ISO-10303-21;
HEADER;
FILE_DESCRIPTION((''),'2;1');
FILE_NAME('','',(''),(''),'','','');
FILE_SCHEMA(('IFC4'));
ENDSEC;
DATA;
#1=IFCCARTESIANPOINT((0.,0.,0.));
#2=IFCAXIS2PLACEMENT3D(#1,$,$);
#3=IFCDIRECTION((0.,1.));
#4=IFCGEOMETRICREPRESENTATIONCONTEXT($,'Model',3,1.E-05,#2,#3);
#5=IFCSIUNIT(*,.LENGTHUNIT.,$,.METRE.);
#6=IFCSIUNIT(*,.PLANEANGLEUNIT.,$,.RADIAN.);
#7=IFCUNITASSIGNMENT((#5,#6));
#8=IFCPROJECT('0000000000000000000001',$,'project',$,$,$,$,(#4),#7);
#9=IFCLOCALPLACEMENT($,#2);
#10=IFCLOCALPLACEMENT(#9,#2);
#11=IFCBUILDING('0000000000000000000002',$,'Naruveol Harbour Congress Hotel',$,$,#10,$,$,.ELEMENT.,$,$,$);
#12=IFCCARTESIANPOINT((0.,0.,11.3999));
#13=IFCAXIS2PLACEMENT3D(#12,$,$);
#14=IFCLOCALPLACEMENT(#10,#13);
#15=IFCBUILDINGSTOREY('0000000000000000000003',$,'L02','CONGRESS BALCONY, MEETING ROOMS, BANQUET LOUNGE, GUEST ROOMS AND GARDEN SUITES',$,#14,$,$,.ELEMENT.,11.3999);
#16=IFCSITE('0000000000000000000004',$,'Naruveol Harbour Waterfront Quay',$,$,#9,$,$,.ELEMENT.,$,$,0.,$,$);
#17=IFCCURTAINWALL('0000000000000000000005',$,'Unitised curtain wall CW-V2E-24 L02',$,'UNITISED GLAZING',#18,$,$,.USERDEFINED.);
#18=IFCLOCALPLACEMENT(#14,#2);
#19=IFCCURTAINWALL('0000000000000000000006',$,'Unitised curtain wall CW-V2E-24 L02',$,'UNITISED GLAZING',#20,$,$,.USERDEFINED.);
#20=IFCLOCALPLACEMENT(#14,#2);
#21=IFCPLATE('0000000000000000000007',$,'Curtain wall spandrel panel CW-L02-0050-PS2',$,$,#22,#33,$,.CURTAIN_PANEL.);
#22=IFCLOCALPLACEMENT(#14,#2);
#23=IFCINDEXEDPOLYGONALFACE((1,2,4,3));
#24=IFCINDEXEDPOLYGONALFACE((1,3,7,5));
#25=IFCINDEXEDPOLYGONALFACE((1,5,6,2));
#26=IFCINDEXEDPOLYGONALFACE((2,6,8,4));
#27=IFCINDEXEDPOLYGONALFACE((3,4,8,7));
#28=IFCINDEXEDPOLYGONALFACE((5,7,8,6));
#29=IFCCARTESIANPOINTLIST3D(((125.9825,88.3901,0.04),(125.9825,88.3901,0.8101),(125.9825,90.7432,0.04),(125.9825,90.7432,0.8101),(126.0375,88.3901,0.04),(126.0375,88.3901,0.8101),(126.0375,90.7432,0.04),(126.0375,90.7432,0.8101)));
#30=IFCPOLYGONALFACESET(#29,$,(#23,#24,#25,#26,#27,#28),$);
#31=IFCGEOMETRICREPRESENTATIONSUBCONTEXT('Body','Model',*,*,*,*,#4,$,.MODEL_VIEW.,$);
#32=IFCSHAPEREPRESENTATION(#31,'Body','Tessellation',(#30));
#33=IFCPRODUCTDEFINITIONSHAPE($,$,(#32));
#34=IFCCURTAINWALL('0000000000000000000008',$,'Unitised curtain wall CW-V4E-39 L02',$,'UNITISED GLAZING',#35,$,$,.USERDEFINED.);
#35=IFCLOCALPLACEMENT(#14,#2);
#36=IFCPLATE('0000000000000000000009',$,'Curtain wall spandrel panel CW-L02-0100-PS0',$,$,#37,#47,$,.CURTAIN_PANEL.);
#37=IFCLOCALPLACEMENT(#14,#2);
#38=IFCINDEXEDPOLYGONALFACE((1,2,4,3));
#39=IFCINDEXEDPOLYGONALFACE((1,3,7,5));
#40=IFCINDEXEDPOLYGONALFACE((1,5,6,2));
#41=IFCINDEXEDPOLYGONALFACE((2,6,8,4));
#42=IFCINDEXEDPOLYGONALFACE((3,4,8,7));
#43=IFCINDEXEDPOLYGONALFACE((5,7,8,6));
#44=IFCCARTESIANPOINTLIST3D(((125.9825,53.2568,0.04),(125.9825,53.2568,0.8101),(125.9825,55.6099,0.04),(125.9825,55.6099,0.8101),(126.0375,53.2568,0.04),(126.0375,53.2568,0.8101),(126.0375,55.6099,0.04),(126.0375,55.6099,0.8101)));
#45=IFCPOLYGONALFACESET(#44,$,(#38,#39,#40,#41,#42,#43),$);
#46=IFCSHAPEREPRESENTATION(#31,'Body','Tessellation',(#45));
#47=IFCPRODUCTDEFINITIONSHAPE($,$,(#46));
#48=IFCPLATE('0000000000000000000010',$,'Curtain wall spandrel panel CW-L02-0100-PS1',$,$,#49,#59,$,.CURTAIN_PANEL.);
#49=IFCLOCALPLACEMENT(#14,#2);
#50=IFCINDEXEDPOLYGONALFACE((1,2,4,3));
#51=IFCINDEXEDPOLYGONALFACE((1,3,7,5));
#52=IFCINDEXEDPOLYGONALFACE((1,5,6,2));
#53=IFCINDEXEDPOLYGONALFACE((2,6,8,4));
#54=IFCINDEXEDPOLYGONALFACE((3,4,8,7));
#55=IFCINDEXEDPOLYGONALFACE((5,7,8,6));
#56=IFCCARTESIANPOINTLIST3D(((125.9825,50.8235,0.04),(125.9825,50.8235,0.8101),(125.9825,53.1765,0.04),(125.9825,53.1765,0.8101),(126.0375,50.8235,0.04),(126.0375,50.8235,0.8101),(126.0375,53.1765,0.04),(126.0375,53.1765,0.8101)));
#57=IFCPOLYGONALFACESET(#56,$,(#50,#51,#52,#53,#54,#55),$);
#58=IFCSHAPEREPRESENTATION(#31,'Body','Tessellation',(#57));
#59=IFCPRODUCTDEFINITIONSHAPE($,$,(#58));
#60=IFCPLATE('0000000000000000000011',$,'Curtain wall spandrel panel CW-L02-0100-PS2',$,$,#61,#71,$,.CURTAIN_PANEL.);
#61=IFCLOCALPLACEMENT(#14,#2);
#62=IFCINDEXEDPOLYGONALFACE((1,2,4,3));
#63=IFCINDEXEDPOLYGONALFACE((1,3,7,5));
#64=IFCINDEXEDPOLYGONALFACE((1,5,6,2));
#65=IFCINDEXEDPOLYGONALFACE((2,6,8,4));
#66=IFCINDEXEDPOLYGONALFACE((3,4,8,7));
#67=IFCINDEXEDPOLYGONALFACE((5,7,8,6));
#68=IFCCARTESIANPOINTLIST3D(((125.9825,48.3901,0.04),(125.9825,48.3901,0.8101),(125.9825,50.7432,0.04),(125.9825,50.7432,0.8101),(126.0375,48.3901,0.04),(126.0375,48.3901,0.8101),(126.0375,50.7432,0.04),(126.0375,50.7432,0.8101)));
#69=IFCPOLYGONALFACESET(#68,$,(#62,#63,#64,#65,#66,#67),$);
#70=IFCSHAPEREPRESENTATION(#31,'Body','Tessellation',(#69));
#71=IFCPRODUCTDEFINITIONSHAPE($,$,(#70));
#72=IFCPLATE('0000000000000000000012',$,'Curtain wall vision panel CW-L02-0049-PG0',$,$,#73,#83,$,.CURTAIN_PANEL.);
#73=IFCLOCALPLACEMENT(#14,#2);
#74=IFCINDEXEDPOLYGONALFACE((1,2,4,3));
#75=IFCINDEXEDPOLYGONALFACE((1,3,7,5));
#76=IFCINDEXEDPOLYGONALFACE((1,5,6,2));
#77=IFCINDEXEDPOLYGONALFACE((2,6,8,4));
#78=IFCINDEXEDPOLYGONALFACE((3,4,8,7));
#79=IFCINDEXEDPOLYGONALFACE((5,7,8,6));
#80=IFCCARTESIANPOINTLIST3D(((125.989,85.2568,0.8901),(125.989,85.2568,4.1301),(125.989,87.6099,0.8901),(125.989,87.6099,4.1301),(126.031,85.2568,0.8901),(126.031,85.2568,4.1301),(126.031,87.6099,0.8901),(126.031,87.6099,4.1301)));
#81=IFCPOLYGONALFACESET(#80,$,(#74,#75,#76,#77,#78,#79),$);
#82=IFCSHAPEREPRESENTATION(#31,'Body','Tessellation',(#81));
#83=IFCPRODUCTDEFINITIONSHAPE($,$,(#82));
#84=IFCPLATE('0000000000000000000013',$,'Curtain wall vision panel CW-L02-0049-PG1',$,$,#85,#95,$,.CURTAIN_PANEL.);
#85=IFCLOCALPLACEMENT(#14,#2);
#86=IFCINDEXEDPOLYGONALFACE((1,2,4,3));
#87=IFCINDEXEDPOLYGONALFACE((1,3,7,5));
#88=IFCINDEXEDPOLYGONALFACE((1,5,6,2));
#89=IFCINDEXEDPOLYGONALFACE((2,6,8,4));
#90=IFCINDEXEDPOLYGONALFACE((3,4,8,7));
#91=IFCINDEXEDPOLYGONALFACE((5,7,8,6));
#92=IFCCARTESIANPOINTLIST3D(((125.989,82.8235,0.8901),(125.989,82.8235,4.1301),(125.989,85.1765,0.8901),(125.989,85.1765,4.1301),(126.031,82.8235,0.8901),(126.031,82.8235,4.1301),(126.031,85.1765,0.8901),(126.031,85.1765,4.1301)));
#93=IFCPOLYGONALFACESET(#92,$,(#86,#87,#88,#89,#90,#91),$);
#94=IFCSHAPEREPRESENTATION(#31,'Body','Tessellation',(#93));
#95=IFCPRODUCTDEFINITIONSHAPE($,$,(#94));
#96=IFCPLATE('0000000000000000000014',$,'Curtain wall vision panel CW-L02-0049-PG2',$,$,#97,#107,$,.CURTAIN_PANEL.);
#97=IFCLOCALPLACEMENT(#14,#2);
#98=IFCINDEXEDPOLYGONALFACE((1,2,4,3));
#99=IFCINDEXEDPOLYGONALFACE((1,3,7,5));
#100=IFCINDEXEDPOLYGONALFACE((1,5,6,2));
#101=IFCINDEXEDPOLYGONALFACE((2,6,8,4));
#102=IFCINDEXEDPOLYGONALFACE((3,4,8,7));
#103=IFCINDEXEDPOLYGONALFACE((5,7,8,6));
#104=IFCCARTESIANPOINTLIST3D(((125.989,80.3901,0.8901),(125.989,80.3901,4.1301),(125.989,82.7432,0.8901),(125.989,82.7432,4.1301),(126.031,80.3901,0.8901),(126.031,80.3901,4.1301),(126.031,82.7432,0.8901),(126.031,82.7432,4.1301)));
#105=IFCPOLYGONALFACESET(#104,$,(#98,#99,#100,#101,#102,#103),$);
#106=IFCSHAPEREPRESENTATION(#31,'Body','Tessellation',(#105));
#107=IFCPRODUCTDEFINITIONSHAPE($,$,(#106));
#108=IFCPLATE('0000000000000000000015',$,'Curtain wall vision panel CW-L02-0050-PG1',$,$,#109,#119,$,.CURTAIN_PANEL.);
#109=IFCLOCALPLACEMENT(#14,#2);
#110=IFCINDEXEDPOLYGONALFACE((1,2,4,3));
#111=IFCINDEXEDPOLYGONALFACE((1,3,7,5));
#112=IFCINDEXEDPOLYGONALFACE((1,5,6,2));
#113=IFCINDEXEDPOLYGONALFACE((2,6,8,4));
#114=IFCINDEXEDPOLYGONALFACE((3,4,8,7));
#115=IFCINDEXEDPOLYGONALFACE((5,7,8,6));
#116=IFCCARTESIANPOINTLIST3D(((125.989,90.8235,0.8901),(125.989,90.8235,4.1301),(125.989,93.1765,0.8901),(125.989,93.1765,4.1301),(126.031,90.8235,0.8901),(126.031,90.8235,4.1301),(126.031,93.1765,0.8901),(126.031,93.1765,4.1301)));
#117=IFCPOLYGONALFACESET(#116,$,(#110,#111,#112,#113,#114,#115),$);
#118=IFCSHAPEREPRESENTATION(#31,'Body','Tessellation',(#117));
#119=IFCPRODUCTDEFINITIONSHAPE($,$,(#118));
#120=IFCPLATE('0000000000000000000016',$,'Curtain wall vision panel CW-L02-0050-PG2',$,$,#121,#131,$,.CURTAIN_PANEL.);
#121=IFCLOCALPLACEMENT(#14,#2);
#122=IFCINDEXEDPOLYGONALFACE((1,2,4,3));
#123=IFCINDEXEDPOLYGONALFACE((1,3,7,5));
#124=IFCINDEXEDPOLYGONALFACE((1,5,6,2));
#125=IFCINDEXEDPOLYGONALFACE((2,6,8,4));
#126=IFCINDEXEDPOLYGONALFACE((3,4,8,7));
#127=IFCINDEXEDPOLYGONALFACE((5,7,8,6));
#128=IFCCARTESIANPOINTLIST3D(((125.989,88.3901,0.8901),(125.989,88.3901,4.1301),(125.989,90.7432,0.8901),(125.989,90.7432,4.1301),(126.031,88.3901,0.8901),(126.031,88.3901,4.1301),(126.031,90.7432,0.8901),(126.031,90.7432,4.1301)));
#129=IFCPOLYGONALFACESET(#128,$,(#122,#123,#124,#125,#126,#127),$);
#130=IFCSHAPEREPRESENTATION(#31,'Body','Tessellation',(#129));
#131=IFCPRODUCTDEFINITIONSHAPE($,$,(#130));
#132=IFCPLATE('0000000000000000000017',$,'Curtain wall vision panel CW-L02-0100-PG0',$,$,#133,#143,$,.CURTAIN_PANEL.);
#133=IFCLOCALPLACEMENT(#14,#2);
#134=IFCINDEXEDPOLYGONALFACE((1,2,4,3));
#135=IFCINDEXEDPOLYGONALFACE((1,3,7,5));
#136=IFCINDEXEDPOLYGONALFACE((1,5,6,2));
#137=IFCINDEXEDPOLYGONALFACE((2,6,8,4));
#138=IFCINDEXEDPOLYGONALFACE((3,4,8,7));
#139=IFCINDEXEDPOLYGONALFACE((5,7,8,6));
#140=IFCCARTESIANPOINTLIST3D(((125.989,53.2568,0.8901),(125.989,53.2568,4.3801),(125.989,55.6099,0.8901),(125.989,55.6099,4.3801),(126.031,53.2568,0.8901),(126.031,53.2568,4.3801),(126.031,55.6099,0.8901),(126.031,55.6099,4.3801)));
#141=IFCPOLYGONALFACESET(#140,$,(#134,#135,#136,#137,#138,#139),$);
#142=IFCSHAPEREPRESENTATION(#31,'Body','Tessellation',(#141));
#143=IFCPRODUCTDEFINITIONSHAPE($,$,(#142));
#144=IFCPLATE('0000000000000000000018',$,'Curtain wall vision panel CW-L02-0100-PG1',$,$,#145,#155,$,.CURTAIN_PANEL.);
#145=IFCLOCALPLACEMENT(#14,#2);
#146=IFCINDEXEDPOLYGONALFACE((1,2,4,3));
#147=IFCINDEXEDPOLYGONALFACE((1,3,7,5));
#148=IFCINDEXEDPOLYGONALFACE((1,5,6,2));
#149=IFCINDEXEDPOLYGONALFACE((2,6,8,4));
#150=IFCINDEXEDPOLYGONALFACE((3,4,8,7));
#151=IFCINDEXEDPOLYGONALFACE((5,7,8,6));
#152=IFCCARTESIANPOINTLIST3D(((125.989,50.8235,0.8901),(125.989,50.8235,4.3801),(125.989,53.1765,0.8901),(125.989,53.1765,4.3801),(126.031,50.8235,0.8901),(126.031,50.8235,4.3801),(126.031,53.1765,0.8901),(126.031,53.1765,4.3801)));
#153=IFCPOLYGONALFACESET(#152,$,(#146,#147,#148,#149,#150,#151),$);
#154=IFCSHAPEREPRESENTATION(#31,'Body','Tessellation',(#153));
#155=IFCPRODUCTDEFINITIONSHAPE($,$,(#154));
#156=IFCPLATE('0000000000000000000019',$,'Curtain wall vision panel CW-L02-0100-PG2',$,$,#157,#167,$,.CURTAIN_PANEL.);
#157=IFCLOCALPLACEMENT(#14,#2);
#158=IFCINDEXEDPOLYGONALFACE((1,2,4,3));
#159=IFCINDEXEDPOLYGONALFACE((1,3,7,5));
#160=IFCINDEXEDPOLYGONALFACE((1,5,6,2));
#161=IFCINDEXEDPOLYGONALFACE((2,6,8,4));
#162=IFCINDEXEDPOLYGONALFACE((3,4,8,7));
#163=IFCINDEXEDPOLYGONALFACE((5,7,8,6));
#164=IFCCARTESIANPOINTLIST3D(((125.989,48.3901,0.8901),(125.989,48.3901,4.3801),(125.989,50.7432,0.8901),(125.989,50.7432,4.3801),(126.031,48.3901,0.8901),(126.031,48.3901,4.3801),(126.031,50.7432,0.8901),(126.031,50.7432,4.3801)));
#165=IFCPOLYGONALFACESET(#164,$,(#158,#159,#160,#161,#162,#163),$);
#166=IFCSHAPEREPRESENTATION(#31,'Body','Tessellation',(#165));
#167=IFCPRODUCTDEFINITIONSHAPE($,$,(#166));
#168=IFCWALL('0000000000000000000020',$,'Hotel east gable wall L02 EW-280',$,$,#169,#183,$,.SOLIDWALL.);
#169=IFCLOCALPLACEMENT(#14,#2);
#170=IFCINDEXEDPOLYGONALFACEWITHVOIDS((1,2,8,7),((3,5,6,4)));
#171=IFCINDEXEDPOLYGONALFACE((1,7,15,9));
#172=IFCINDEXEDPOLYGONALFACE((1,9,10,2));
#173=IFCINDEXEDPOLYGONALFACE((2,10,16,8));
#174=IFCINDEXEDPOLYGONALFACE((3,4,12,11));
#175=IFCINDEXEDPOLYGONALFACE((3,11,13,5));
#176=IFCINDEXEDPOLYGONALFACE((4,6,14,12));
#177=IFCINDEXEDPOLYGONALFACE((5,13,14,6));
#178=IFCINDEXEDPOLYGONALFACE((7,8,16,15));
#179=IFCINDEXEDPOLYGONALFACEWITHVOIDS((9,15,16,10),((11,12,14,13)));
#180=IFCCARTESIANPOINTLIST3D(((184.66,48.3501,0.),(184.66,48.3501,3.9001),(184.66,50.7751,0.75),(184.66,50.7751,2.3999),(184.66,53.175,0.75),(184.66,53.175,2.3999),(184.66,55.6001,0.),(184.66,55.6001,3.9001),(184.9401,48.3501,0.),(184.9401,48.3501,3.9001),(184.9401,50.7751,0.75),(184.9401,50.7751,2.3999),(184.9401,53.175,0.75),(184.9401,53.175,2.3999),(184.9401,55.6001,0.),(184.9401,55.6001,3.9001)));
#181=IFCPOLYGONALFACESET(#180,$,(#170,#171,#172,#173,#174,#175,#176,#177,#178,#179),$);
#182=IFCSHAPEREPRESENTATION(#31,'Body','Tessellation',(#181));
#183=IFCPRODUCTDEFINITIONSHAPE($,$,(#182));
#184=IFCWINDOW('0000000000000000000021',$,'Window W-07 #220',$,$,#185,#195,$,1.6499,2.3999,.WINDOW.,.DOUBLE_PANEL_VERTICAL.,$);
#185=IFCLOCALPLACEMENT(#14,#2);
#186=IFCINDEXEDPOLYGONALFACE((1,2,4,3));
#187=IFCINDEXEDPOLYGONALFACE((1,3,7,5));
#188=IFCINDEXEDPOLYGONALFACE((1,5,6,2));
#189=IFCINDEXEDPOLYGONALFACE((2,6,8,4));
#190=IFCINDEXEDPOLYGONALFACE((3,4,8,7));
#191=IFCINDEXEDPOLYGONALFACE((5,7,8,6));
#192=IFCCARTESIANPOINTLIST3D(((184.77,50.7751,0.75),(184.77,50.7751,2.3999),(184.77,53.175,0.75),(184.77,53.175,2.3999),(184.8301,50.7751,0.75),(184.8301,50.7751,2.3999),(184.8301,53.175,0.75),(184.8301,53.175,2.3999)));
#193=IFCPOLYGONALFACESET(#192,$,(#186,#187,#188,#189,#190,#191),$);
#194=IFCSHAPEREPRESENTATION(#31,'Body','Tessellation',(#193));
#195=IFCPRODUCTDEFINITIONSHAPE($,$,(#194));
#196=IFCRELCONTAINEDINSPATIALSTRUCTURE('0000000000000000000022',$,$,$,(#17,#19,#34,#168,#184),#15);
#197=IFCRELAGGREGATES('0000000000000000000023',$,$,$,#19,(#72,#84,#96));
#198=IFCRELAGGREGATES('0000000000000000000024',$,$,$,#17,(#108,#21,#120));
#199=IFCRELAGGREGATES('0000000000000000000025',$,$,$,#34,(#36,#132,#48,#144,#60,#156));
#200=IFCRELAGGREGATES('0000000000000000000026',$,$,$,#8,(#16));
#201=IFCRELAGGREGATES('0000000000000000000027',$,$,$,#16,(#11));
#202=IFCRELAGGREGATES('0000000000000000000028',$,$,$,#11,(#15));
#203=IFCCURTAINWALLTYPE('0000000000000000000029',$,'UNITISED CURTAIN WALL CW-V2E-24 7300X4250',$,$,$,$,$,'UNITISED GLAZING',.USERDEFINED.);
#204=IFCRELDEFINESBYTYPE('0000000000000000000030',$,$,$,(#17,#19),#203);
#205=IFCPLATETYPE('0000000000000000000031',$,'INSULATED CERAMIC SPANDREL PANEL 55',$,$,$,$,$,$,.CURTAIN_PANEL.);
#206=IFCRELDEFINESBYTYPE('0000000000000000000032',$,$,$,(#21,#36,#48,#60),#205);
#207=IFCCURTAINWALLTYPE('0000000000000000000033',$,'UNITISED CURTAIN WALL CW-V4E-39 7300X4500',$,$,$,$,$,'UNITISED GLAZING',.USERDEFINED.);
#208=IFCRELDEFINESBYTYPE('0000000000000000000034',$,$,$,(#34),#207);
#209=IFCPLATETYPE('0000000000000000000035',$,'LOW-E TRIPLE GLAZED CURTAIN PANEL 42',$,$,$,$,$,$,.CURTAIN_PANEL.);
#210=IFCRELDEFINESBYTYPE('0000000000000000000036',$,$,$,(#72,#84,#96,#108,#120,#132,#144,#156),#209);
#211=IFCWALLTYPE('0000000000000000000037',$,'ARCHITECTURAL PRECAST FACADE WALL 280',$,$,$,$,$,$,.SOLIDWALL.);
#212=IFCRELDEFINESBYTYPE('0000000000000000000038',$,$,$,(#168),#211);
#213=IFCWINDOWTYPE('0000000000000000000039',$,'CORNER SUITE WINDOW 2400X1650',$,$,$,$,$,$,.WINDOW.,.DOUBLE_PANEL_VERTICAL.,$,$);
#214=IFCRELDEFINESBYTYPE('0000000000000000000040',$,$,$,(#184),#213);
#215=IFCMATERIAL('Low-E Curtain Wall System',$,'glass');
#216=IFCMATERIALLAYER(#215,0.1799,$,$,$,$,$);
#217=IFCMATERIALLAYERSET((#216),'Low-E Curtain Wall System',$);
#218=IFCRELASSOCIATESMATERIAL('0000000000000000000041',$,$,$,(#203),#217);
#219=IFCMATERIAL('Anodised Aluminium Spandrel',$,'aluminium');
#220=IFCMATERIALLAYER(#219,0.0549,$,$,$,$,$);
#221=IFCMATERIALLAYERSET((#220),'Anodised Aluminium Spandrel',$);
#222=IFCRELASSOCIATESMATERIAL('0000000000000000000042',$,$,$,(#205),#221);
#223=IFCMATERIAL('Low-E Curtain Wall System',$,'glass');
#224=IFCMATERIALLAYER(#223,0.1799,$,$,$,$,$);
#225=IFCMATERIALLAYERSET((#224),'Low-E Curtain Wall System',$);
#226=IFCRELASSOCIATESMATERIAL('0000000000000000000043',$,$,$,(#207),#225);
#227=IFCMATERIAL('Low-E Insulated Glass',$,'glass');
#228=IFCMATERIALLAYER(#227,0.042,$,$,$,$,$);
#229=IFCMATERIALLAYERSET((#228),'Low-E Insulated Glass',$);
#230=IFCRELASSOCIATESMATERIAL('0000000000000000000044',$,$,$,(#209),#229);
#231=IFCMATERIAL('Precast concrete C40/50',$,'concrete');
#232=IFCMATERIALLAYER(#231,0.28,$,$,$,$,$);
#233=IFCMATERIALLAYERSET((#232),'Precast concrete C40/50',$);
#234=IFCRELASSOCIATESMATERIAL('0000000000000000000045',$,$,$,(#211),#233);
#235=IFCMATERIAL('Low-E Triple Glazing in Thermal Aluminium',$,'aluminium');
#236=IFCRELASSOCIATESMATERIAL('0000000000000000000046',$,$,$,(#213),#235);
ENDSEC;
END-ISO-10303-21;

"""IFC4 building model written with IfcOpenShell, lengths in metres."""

from ifc_helpers import new_model, si_unit, direction, frame, frame_2d, origin, origin_2d, place, context, subcontext, project, spatial, rectangle, extrude, material, layer, layer_set, type_object, element, fill, aggregate, save


model = new_model("IFC4")

# Units and contexts
model_context = context("Model", 3, precision=1e-05, world=origin(), true_north=direction((0.0, 1.0)))
body_context = subcontext(model_context, "Body", "Model", "MODEL_VIEW")
ifc_project = project(units=[si_unit("LENGTHUNIT", "METRE"), si_unit("PLANEANGLEUNIT", "RADIAN")], contexts=[model_context])

# Site, building, storey
site_placement = place(None, origin())
site = spatial("IfcSite", under=ifc_project, at=site_placement, Name="Naruveol Harbour Waterfront Quay", CompositionType="ELEMENT", RefElevation=0.0)
building_placement = place(site_placement, origin())
building = spatial("IfcBuilding", under=site, at=building_placement, Name="Naruveol Harbour Congress Hotel", CompositionType="ELEMENT")
storey_placement = place(building_placement, frame((0.0, 0.0, 11.3999)))
storey = spatial("IfcBuildingStorey", under=building, at=storey_placement, Name="L02", Description="CONGRESS BALCONY, MEETING ROOMS, BANQUET LOUNGE, GUEST ROOMS AND GARDEN SUITES", CompositionType="ELEMENT", Elevation=11.3999)

# Curtain wall
ifc_material_1 = material(Name="Low-E Curtain Wall System", Category="glass")
ifc_layer_1 = layer(ifc_material_1, 0.1799)
ifc_layer_set_1 = layer_set([ifc_layer_1], Name="Low-E Curtain Wall System")
curtain_wall_type_1 = type_object("IfcCurtainWallType", Name="UNITISED CURTAIN WALL CW-V2E-24 7300X4250", ElementType="UNITISED GLAZING", PredefinedType="USERDEFINED", material=ifc_layer_set_1)
curtain_wall_1_placement = place(storey_placement, origin())
curtain_wall_1 = element("IfcCurtainWall", 1, at=curtain_wall_1_placement, inside=storey, type_object=curtain_wall_type_1, Name="Unitised curtain wall CW-V2E-24 L02", ObjectType="UNITISED GLAZING", PredefinedType="USERDEFINED")

# Curtain wall
curtain_wall_2_placement = place(storey_placement, origin())
curtain_wall_2 = element("IfcCurtainWall", 2, at=curtain_wall_2_placement, inside=storey, type_object=curtain_wall_type_1, Name="Unitised curtain wall CW-V2E-24 L02", ObjectType="UNITISED GLAZING", PredefinedType="USERDEFINED")
ifc_material_2 = material(Name="Anodised Aluminium Spandrel", Category="aluminium")
ifc_layer_2 = layer(ifc_material_2, 0.0549)
ifc_layer_set_2 = layer_set([ifc_layer_2], Name="Anodised Aluminium Spandrel")
plate_type_1 = type_object("IfcPlateType", Name="INSULATED CERAMIC SPANDREL PANEL 55", PredefinedType="CURTAIN_PANEL", material=ifc_layer_set_2)

# Plate
plate_1_placement = place(storey_placement, frame((126.01, 89.5667, 0.04), z_axis=(0.0, 0.0, 1.0), x_axis=(0.0, -1.0, 0.0)))
plate_1 = element("IfcPlate", 3, at=plate_1_placement, type_object=plate_type_1, Name="Curtain wall spandrel panel CW-L02-0050-PS2", PredefinedType="CURTAIN_PANEL", context=body_context, shape_type="SweptSolid", body=[
    extrude(rectangle(XDim=2.353, YDim=0.0549, at=origin_2d()), origin(), (0.0, 0.0, 1.0), 0.77),
])

# Curtain wall, plates
ifc_material_3 = material(Name="Low-E Curtain Wall System", Category="glass")
ifc_layer_3 = layer(ifc_material_3, 0.1799)
ifc_layer_set_3 = layer_set([ifc_layer_3], Name="Low-E Curtain Wall System")
curtain_wall_type_2 = type_object("IfcCurtainWallType", Name="UNITISED CURTAIN WALL CW-V4E-39 7300X4500", ElementType="UNITISED GLAZING", PredefinedType="USERDEFINED", material=ifc_layer_set_3)
curtain_wall_3_placement = place(storey_placement, origin())
curtain_wall_3 = element("IfcCurtainWall", 4, at=curtain_wall_3_placement, inside=storey, type_object=curtain_wall_type_2, Name="Unitised curtain wall CW-V4E-39 L02", ObjectType="UNITISED GLAZING", PredefinedType="USERDEFINED")
plate_2_placement = place(storey_placement, frame((126.01, 54.4333, 0.04), z_axis=(0.0, 0.0, 1.0), x_axis=(0.0, -1.0, 0.0)))
plate_2 = element("IfcPlate", 5, at=plate_2_placement, type_object=plate_type_1, Name="Curtain wall spandrel panel CW-L02-0100-PS0", PredefinedType="CURTAIN_PANEL", context=body_context, shape_type="SweptSolid", body=[
    extrude(rectangle(XDim=2.353, YDim=0.0549, at=origin_2d()), origin(), (0.0, 0.0, 1.0), 0.77),
])
plate_3_placement = place(storey_placement, frame((126.01, 52.0, 0.04), z_axis=(0.0, 0.0, 1.0), x_axis=(0.0, -1.0, 0.0)))
plate_3 = element("IfcPlate", 6, at=plate_3_placement, type_object=plate_type_1, Name="Curtain wall spandrel panel CW-L02-0100-PS1", PredefinedType="CURTAIN_PANEL", context=body_context, shape_type="SweptSolid", body=[
    extrude(rectangle(XDim=2.353, YDim=0.0549, at=origin_2d()), origin(), (0.0, 0.0, 1.0), 0.77),
])
plate_4_placement = place(storey_placement, frame((126.01, 49.5667, 0.04), z_axis=(0.0, 0.0, 1.0), x_axis=(0.0, -1.0, 0.0)))
plate_4 = element("IfcPlate", 7, at=plate_4_placement, type_object=plate_type_1, Name="Curtain wall spandrel panel CW-L02-0100-PS2", PredefinedType="CURTAIN_PANEL", context=body_context, shape_type="SweptSolid", body=[
    extrude(rectangle(XDim=2.353, YDim=0.0549, at=origin_2d()), origin(), (0.0, 0.0, 1.0), 0.77),
])

# Plates
ifc_material_4 = material(Name="Low-E Insulated Glass", Category="glass")
ifc_layer_4 = layer(ifc_material_4, 0.042)
ifc_layer_set_4 = layer_set([ifc_layer_4], Name="Low-E Insulated Glass")
plate_type_2 = type_object("IfcPlateType", Name="LOW-E TRIPLE GLAZED CURTAIN PANEL 42", PredefinedType="CURTAIN_PANEL", material=ifc_layer_set_4)
plate_5_placement = place(storey_placement, frame((126.01, 86.4333, 0.8901), z_axis=(0.0, 0.0, 1.0), x_axis=(0.0, -1.0, 0.0)))
plate_5 = element("IfcPlate", 8, at=plate_5_placement, type_object=plate_type_2, Name="Curtain wall vision panel CW-L02-0049-PG0", PredefinedType="CURTAIN_PANEL", context=body_context, shape_type="SweptSolid", body=[
    extrude(rectangle(XDim=2.353, YDim=0.042, at=origin_2d()), origin(), (0.0, 0.0, 1.0), 3.24),
])
plate_6_placement = place(storey_placement, frame((126.01, 84.0, 0.8901), z_axis=(0.0, 0.0, 1.0), x_axis=(0.0, -1.0, 0.0)))
plate_6 = element("IfcPlate", 9, at=plate_6_placement, type_object=plate_type_2, Name="Curtain wall vision panel CW-L02-0049-PG1", PredefinedType="CURTAIN_PANEL", context=body_context, shape_type="SweptSolid", body=[
    extrude(rectangle(XDim=2.353, YDim=0.042, at=origin_2d()), origin(), (0.0, 0.0, 1.0), 3.24),
])
plate_7_placement = place(storey_placement, frame((126.01, 81.5667, 0.8901), z_axis=(0.0, 0.0, 1.0), x_axis=(0.0, -1.0, 0.0)))
plate_7 = element("IfcPlate", 10, at=plate_7_placement, type_object=plate_type_2, Name="Curtain wall vision panel CW-L02-0049-PG2", PredefinedType="CURTAIN_PANEL", context=body_context, shape_type="SweptSolid", body=[
    extrude(rectangle(XDim=2.353, YDim=0.042, at=origin_2d()), origin(), (0.0, 0.0, 1.0), 3.24),
])
aggregate(curtain_wall_2, [plate_5, plate_6, plate_7])
plate_8_placement = place(storey_placement, frame((126.01, 92.0, 0.8901), z_axis=(0.0, 0.0, 1.0), x_axis=(0.0, -1.0, 0.0)))
plate_8 = element("IfcPlate", 11, at=plate_8_placement, type_object=plate_type_2, Name="Curtain wall vision panel CW-L02-0050-PG1", PredefinedType="CURTAIN_PANEL", context=body_context, shape_type="SweptSolid", body=[
    extrude(rectangle(XDim=2.353, YDim=0.042, at=origin_2d()), origin(), (0.0, 0.0, 1.0), 3.24),
])
plate_9_placement = place(storey_placement, frame((126.01, 89.5667, 0.8901), z_axis=(0.0, 0.0, 1.0), x_axis=(0.0, -1.0, 0.0)))
plate_9 = element("IfcPlate", 12, at=plate_9_placement, type_object=plate_type_2, Name="Curtain wall vision panel CW-L02-0050-PG2", PredefinedType="CURTAIN_PANEL", context=body_context, shape_type="SweptSolid", body=[
    extrude(rectangle(XDim=2.353, YDim=0.042, at=origin_2d()), origin(), (0.0, 0.0, 1.0), 3.24),
])
aggregate(curtain_wall_1, [plate_8, plate_1, plate_9])
plate_10_placement = place(storey_placement, frame((126.01, 54.4333, 0.8901), z_axis=(0.0, 0.0, 1.0), x_axis=(0.0, -1.0, 0.0)))
plate_10 = element("IfcPlate", 13, at=plate_10_placement, type_object=plate_type_2, Name="Curtain wall vision panel CW-L02-0100-PG0", PredefinedType="CURTAIN_PANEL", context=body_context, shape_type="SweptSolid", body=[
    extrude(rectangle(XDim=2.353, YDim=0.042, at=origin_2d()), origin(), (0.0, 0.0, 1.0), 3.49),
])
plate_11_placement = place(storey_placement, frame((126.01, 52.0, 0.8901), z_axis=(0.0, 0.0, 1.0), x_axis=(0.0, -1.0, 0.0)))
plate_11 = element("IfcPlate", 14, at=plate_11_placement, type_object=plate_type_2, Name="Curtain wall vision panel CW-L02-0100-PG1", PredefinedType="CURTAIN_PANEL", context=body_context, shape_type="SweptSolid", body=[
    extrude(rectangle(XDim=2.353, YDim=0.042, at=origin_2d()), origin(), (0.0, 0.0, 1.0), 3.49),
])
plate_12_placement = place(storey_placement, frame((126.01, 49.5667, 0.8901), z_axis=(0.0, 0.0, 1.0), x_axis=(0.0, -1.0, 0.0)))
plate_12 = element("IfcPlate", 15, at=plate_12_placement, type_object=plate_type_2, Name="Curtain wall vision panel CW-L02-0100-PG2", PredefinedType="CURTAIN_PANEL", context=body_context, shape_type="SweptSolid", body=[
    extrude(rectangle(XDim=2.353, YDim=0.042, at=origin_2d()), origin(), (0.0, 0.0, 1.0), 3.49),
])
aggregate(curtain_wall_3, [plate_2, plate_10, plate_3, plate_11, plate_4, plate_12])

# Wall, opening, window
ifc_material_5 = material(Name="Precast concrete C40/50", Category="concrete")
ifc_layer_5 = layer(ifc_material_5, 0.28)
ifc_layer_set_5 = layer_set([ifc_layer_5], Name="Precast concrete C40/50")
wall_type_1 = type_object("IfcWallType", Name="ARCHITECTURAL PRECAST FACADE WALL 280", PredefinedType="SOLIDWALL", material=ifc_layer_set_5)
wall_1_placement = place(storey_placement, frame((184.8, 55.6001, 0.0), z_axis=(0.0, 0.0, 1.0), x_axis=(0.0, -1.0, 0.0)))
wall_1 = element("IfcWall", 16, at=wall_1_placement, inside=storey, type_object=wall_type_1, Name="Hotel east gable wall L02 EW-280", PredefinedType="SOLIDWALL", context=body_context, shape_type="SweptSolid", body=[
    extrude(rectangle(XDim=7.25, YDim=0.28, at=frame_2d((3.625, 0.0))), origin(), (0.0, 0.0, 1.0), 3.9001),
])
opening_1_placement = place(wall_1_placement, frame((2.425, 0.0, 0.75)))
opening_1 = element("IfcOpeningElement", 17, at=opening_1_placement, cuts=wall_1, PredefinedType="OPENING", context=body_context, shape_type="SweptSolid", body=[
    extrude(rectangle(XDim=2.3999, YDim=1.6499, at=frame_2d((1.2, 0.825))), frame((0.0, 0.1499, 0.0), z_axis=(0.0, -1.0, 0.0), x_axis=(1.0, 0.0, 0.0)), (0.0, 0.0, 1.0), 0.3),
])
ifc_material_6 = material(Name="Low-E Triple Glazing in Thermal Aluminium", Category="aluminium")
window_type_1 = type_object("IfcWindowType", Name="CORNER SUITE WINDOW 2400X1650", PartitioningType="DOUBLE_PANEL_VERTICAL", PredefinedType="WINDOW", material=ifc_material_6)
window_1_placement = place(opening_1_placement, origin())
window_1 = element("IfcWindow", 18, at=window_1_placement, inside=storey, type_object=window_type_1, Name="Window W-07 #220", OverallHeight=1.6499, OverallWidth=2.3999, PartitioningType="DOUBLE_PANEL_VERTICAL", PredefinedType="WINDOW", context=body_context, shape_type="SweptSolid", body=[
    extrude(rectangle(XDim=2.3999, YDim=1.6499, at=frame_2d((1.2, 0.825))), frame((0.0, 0.03, 0.0), z_axis=(0.0, -1.0, 0.0), x_axis=(1.0, 0.0, 0.0)), (0.0, 0.0, 1.0), 0.0601),
])
fill(opening_1, window_1)

save(model, "model.ifc")
